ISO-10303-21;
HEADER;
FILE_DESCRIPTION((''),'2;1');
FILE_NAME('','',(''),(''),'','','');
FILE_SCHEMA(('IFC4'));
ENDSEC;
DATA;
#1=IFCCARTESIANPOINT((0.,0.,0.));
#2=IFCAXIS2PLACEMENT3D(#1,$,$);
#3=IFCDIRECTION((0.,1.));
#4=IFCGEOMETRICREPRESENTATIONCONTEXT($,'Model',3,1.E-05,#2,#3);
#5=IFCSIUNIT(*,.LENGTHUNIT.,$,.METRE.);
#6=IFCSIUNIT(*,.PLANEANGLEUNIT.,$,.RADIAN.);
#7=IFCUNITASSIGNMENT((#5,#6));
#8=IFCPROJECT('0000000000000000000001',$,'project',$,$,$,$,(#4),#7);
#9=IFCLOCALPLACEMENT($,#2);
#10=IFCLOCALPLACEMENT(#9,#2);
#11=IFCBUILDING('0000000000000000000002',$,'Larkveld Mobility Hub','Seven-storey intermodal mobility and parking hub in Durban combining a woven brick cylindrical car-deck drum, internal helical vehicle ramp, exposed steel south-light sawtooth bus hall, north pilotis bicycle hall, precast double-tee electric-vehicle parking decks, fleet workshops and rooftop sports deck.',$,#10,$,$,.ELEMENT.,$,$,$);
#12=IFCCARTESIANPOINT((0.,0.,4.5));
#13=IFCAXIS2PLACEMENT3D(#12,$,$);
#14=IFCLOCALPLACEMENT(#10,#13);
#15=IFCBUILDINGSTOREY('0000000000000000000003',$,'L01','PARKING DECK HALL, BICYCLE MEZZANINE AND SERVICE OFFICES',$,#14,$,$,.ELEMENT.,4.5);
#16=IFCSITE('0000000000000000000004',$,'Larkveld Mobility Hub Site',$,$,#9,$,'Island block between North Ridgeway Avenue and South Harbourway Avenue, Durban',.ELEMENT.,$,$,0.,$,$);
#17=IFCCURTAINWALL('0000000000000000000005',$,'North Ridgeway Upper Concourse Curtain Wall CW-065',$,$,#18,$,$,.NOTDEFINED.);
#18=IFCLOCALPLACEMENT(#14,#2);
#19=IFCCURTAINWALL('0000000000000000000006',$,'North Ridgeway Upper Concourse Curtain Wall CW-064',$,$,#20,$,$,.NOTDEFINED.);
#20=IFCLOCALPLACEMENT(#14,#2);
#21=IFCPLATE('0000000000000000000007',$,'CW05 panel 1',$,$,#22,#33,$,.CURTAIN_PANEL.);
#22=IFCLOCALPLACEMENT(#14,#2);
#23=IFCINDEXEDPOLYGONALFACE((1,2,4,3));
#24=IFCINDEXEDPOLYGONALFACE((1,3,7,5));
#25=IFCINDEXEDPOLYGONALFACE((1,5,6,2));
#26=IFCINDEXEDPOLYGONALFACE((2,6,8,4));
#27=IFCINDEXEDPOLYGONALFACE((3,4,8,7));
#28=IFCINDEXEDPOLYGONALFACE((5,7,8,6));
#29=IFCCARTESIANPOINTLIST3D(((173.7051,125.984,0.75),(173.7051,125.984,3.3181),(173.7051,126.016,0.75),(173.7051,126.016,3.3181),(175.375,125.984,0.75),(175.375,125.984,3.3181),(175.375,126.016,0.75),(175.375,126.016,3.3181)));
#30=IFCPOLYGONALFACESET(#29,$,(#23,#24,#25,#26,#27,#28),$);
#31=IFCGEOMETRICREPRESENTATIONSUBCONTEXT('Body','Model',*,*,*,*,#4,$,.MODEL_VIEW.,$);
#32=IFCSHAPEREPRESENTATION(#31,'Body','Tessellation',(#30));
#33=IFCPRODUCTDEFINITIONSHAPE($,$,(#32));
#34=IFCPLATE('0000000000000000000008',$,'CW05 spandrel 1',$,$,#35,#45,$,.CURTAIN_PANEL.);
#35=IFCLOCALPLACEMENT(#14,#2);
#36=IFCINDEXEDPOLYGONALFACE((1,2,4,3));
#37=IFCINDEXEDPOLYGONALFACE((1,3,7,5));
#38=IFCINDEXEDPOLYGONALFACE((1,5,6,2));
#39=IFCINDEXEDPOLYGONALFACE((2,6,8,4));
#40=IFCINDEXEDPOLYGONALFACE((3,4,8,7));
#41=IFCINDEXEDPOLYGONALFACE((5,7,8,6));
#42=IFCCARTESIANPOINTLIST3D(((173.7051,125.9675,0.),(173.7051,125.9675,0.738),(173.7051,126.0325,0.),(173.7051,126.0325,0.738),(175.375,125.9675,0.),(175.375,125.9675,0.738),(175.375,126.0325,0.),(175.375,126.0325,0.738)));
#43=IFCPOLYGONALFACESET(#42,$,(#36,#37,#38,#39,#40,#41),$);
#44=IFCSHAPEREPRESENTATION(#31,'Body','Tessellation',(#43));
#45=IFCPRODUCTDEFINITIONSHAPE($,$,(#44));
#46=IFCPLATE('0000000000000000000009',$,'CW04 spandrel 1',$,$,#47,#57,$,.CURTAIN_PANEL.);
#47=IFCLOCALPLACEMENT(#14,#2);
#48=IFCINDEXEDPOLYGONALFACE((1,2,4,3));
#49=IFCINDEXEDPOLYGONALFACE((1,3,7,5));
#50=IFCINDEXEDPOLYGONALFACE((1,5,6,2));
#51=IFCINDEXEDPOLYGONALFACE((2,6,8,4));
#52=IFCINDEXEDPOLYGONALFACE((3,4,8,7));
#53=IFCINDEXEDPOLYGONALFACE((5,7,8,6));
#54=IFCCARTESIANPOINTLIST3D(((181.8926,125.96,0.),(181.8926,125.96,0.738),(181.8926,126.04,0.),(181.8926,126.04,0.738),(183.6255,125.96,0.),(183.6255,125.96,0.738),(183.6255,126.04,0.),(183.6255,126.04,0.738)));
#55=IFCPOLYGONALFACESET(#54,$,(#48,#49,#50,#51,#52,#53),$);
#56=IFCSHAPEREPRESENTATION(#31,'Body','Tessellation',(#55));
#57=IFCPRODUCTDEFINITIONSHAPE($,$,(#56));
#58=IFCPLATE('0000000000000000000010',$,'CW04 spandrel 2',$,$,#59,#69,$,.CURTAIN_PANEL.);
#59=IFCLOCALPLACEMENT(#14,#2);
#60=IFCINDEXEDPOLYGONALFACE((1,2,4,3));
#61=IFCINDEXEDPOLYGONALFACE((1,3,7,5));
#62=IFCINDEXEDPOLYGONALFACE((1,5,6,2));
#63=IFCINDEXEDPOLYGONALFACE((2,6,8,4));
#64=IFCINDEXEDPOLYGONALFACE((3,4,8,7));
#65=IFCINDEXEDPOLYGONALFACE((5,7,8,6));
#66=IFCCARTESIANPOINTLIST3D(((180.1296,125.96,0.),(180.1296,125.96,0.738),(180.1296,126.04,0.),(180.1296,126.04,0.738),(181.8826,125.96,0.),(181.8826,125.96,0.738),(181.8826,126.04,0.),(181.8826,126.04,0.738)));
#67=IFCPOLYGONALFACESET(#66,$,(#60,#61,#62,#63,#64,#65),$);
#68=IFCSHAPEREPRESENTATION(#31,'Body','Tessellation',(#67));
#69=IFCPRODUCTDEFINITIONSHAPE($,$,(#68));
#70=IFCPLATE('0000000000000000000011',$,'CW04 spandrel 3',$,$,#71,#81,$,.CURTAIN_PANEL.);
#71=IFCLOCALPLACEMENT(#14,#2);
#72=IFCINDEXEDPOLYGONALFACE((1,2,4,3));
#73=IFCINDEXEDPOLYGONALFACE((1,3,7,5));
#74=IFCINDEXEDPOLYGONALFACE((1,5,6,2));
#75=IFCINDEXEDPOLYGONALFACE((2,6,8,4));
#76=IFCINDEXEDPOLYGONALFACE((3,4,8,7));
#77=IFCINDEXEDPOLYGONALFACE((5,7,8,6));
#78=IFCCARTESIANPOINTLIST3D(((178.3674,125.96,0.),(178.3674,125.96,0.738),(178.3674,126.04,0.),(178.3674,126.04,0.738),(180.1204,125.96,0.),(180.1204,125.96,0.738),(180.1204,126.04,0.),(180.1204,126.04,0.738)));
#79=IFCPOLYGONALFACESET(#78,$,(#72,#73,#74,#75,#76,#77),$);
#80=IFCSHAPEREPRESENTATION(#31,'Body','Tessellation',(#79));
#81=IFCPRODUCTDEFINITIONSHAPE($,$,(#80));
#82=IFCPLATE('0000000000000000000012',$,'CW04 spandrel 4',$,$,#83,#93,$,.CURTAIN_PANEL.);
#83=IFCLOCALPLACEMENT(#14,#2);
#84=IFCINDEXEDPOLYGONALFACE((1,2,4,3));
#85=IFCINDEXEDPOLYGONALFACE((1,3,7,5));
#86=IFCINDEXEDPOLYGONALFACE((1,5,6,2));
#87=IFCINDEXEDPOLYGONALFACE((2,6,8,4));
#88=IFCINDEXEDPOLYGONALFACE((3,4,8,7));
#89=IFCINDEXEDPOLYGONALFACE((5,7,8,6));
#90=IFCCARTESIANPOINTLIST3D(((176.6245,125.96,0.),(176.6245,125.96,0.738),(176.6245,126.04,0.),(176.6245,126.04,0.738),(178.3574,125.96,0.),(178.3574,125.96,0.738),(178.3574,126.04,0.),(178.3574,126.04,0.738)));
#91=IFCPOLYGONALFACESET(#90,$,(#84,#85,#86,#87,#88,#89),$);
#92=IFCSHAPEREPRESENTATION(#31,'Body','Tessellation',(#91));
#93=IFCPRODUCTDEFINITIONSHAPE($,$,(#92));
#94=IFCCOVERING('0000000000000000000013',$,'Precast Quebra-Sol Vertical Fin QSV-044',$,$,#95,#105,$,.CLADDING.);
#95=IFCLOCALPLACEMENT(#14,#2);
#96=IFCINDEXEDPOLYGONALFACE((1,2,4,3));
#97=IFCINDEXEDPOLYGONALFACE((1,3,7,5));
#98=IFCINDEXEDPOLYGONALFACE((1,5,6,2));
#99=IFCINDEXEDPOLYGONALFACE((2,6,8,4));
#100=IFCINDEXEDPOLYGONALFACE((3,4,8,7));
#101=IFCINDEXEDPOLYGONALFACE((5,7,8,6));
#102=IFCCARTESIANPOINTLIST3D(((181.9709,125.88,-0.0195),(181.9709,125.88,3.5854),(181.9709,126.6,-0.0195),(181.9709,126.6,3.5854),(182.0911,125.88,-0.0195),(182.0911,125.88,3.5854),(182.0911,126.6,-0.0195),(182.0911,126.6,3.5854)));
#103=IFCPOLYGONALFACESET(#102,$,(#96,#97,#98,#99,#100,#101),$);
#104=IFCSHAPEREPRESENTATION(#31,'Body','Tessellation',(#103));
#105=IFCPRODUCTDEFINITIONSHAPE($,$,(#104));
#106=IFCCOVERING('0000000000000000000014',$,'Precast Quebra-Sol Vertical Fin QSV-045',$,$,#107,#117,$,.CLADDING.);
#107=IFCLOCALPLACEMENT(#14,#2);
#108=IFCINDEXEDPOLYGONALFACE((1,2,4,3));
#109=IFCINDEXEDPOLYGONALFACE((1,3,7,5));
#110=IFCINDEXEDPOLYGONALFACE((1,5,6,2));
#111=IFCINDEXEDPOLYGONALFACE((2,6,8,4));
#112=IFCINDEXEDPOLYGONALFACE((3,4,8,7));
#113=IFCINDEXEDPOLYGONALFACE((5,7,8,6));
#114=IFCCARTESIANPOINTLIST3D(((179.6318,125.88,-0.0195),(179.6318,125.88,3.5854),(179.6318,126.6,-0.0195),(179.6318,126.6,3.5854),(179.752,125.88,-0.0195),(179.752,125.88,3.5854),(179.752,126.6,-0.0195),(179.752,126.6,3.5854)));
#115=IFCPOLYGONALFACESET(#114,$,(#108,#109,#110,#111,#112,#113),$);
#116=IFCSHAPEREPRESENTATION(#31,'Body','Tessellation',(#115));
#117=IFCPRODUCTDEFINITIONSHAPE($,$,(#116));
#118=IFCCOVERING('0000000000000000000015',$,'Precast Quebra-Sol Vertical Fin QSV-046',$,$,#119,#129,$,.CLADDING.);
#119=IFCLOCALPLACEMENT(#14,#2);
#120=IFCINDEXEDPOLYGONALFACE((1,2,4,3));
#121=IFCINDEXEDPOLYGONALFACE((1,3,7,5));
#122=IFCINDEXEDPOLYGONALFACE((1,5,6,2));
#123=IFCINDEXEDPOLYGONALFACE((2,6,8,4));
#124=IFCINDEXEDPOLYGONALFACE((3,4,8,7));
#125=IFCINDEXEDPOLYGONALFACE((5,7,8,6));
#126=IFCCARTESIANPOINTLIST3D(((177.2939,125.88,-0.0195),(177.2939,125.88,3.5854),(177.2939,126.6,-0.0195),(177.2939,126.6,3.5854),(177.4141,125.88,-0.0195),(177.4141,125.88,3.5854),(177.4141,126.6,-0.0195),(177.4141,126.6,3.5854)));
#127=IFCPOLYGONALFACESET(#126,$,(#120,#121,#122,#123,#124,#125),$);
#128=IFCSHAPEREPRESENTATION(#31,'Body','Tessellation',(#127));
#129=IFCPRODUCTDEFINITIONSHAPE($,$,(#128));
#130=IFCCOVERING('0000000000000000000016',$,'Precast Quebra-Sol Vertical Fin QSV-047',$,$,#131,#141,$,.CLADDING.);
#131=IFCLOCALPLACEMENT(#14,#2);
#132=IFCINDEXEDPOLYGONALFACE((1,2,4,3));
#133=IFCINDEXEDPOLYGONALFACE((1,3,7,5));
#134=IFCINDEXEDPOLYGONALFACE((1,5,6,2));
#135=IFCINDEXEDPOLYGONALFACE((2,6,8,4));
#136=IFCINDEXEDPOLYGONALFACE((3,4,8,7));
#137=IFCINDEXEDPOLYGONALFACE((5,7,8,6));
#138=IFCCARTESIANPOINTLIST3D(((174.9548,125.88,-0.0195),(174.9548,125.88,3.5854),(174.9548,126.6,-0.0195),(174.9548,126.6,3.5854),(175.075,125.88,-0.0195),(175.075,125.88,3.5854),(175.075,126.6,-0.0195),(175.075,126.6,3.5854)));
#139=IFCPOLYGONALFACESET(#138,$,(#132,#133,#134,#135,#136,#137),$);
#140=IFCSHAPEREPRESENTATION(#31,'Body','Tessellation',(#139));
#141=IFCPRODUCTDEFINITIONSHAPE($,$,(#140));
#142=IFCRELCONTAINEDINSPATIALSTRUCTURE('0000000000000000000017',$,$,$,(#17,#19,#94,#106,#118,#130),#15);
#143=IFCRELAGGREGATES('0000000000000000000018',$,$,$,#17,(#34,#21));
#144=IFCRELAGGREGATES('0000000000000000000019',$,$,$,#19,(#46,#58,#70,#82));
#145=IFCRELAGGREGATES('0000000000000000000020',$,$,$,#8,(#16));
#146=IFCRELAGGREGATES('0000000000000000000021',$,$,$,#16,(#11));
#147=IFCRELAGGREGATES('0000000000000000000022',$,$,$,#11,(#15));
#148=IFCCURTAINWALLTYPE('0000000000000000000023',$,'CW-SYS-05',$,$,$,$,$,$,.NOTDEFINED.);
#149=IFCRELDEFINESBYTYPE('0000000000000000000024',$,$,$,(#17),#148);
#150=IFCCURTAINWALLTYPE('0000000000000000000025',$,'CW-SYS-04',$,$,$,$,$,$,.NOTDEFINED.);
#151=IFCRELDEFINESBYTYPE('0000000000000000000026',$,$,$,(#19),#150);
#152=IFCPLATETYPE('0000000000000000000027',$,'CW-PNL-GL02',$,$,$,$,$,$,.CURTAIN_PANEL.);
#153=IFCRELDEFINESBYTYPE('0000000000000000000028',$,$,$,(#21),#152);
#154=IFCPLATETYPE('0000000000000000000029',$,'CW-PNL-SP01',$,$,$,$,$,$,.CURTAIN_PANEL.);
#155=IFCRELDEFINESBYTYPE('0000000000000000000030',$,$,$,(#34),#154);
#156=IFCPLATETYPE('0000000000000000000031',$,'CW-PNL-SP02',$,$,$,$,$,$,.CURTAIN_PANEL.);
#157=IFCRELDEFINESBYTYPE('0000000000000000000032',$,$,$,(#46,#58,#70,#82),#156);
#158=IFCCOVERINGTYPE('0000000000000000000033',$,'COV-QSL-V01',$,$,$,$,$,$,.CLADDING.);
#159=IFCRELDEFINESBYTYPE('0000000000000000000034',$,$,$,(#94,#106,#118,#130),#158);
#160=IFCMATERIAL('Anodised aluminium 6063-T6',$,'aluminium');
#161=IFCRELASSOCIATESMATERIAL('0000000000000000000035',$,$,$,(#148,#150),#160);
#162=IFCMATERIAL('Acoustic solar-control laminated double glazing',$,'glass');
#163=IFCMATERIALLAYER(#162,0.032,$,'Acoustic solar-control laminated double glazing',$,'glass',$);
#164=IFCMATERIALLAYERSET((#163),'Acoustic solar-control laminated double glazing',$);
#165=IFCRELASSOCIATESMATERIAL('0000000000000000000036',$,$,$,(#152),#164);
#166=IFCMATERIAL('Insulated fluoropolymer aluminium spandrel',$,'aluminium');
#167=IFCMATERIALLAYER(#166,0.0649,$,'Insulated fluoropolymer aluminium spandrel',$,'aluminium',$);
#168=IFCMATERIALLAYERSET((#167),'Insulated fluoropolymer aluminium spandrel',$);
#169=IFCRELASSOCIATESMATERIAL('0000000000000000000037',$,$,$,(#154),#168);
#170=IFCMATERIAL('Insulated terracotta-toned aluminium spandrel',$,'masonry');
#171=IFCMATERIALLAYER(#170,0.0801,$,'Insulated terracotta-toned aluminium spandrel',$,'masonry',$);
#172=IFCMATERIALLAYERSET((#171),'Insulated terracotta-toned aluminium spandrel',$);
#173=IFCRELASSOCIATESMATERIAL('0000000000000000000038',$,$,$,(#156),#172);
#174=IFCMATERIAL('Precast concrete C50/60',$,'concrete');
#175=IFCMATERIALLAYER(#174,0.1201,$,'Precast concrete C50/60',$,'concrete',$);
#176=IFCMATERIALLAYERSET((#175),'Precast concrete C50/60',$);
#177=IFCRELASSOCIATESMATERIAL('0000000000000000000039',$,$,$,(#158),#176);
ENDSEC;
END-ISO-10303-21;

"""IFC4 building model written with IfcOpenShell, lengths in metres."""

from ifc_helpers import new_model, si_unit, direction, frame, origin, origin_2d, place, context, subcontext, project, spatial, rectangle, extrude, material, layer, layer_set, type_object, element, aggregate, save


model = new_model("IFC4")

# Units and contexts
model_context = context("Model", 3, precision=1e-05, world=origin(), true_north=direction((0.0, 1.0)))
body_context = subcontext(model_context, "Body", "Model", "MODEL_VIEW")
ifc_project = project(units=[si_unit("LENGTHUNIT", "METRE"), si_unit("PLANEANGLEUNIT", "RADIAN")], contexts=[model_context])

# Site, building, storey
site_placement = place(None, origin())
site = spatial("IfcSite", under=ifc_project, at=site_placement, Name="Larkveld Mobility Hub Site", LongName="Island block between North Ridgeway Avenue and South Harbourway Avenue, Durban", CompositionType="ELEMENT", RefElevation=0.0)
building_placement = place(site_placement, origin())
building = spatial("IfcBuilding", under=site, at=building_placement, Name="Larkveld Mobility Hub", Description="Seven-storey intermodal mobility and parking hub in Durban combining a woven brick cylindrical car-deck drum, internal helical vehicle ramp, exposed steel south-light sawtooth bus hall, north pilotis bicycle hall, precast double-tee electric-vehicle parking decks, fleet workshops and rooftop sports deck.", CompositionType="ELEMENT")
storey_placement = place(building_placement, frame((0.0, 0.0, 4.5)))
storey = spatial("IfcBuildingStorey", under=building, at=storey_placement, Name="L01", Description="PARKING DECK HALL, BICYCLE MEZZANINE AND SERVICE OFFICES", CompositionType="ELEMENT", Elevation=4.5)

# Curtain wall
ifc_material_1 = material(Name="Anodised aluminium 6063-T6", Category="aluminium")
curtain_wall_type_1 = type_object("IfcCurtainWallType", Name="CW-SYS-05", PredefinedType="NOTDEFINED", material=ifc_material_1)
curtain_wall_1_placement = place(storey_placement, origin())
curtain_wall_1 = element("IfcCurtainWall", 1, at=curtain_wall_1_placement, inside=storey, type_object=curtain_wall_type_1, Name="North Ridgeway Upper Concourse Curtain Wall CW-065", PredefinedType="NOTDEFINED")

# Curtain wall
curtain_wall_type_2 = type_object("IfcCurtainWallType", Name="CW-SYS-04", PredefinedType="NOTDEFINED", material=ifc_material_1)
curtain_wall_2_placement = place(storey_placement, origin())
curtain_wall_2 = element("IfcCurtainWall", 2, at=curtain_wall_2_placement, inside=storey, type_object=curtain_wall_type_2, Name="North Ridgeway Upper Concourse Curtain Wall CW-064", PredefinedType="NOTDEFINED")

# Plates
ifc_material_2 = material(Name="Acoustic solar-control laminated double glazing", Category="glass")
ifc_layer_1 = layer(ifc_material_2, 0.032, Name="Acoustic solar-control laminated double glazing", Category="glass")
ifc_layer_set_1 = layer_set([ifc_layer_1], Name="Acoustic solar-control laminated double glazing")
plate_type_1 = type_object("IfcPlateType", Name="CW-PNL-GL02", PredefinedType="CURTAIN_PANEL", material=ifc_layer_set_1)
plate_1_placement = place(storey_placement, frame((174.54, 126.0, 0.75), z_axis=(0.0, 0.0, 1.0), x_axis=(-1.0, 0.0, 0.0)))
plate_1 = element("IfcPlate", 3, at=plate_1_placement, type_object=plate_type_1, Name="CW05 panel 1", PredefinedType="CURTAIN_PANEL", context=body_context, shape_type="SweptSolid", body=[
    extrude(rectangle(XDim=1.6699, YDim=0.032, at=origin_2d()), origin(), (0.0, 0.0, 1.0), 2.5681),
])
ifc_material_3 = material(Name="Insulated fluoropolymer aluminium spandrel", Category="aluminium")
ifc_layer_2 = layer(ifc_material_3, 0.0649, Name="Insulated fluoropolymer aluminium spandrel", Category="aluminium")
ifc_layer_set_2 = layer_set([ifc_layer_2], Name="Insulated fluoropolymer aluminium spandrel")
plate_type_2 = type_object("IfcPlateType", Name="CW-PNL-SP01", PredefinedType="CURTAIN_PANEL", material=ifc_layer_set_2)
plate_2_placement = place(storey_placement, frame((174.54, 126.0, 0.0), z_axis=(0.0, 0.0, 1.0), x_axis=(-1.0, 0.0, 0.0)))
plate_2 = element("IfcPlate", 4, at=plate_2_placement, type_object=plate_type_2, Name="CW05 spandrel 1", PredefinedType="CURTAIN_PANEL", context=body_context, shape_type="SweptSolid", body=[
    extrude(rectangle(XDim=1.6699, YDim=0.0649, at=origin_2d()), origin(), (0.0, 0.0, 1.0), 0.738),
])
aggregate(curtain_wall_1, [plate_2, plate_1])
ifc_material_4 = material(Name="Insulated terracotta-toned aluminium spandrel", Category="masonry")
ifc_layer_3 = layer(ifc_material_4, 0.0801, Name="Insulated terracotta-toned aluminium spandrel", Category="masonry")
ifc_layer_set_3 = layer_set([ifc_layer_3], Name="Insulated terracotta-toned aluminium spandrel")
plate_type_3 = type_object("IfcPlateType", Name="CW-PNL-SP02", PredefinedType="CURTAIN_PANEL", material=ifc_layer_set_3)
plate_3_placement = place(storey_placement, frame((182.759, 126.0, 0.0), z_axis=(0.0, 0.0, 1.0), x_axis=(-1.0, 0.0, 0.0)))
plate_3 = element("IfcPlate", 5, at=plate_3_placement, type_object=plate_type_3, Name="CW04 spandrel 1", PredefinedType="CURTAIN_PANEL", context=body_context, shape_type="SweptSolid", body=[
    extrude(rectangle(XDim=1.7329, YDim=0.0801, at=origin_2d()), origin(), (0.0, 0.0, 1.0), 0.738),
])
plate_4_placement = place(storey_placement, frame((181.0061, 126.0, 0.0), z_axis=(0.0, 0.0, 1.0), x_axis=(-1.0, 0.0, 0.0)))
plate_4 = element("IfcPlate", 6, at=plate_4_placement, type_object=plate_type_3, Name="CW04 spandrel 2", PredefinedType="CURTAIN_PANEL", context=body_context, shape_type="SweptSolid", body=[
    extrude(rectangle(XDim=1.7529, YDim=0.0801, at=origin_2d()), origin(), (0.0, 0.0, 1.0), 0.738),
])
plate_5_placement = place(storey_placement, frame((179.2439, 126.0, 0.0), z_axis=(0.0, 0.0, 1.0), x_axis=(-1.0, 0.0, 0.0)))
plate_5 = element("IfcPlate", 7, at=plate_5_placement, type_object=plate_type_3, Name="CW04 spandrel 3", PredefinedType="CURTAIN_PANEL", context=body_context, shape_type="SweptSolid", body=[
    extrude(rectangle(XDim=1.7529, YDim=0.0801, at=origin_2d()), origin(), (0.0, 0.0, 1.0), 0.738),
])
plate_6_placement = place(storey_placement, frame((177.491, 126.0, 0.0), z_axis=(0.0, 0.0, 1.0), x_axis=(-1.0, 0.0, 0.0)))
plate_6 = element("IfcPlate", 8, at=plate_6_placement, type_object=plate_type_3, Name="CW04 spandrel 4", PredefinedType="CURTAIN_PANEL", context=body_context, shape_type="SweptSolid", body=[
    extrude(rectangle(XDim=1.7329, YDim=0.0801, at=origin_2d()), origin(), (0.0, 0.0, 1.0), 0.738),
])
aggregate(curtain_wall_2, [plate_3, plate_4, plate_5, plate_6])

# Coverings
ifc_material_5 = material(Name="Precast concrete C50/60", Category="concrete")
ifc_layer_4 = layer(ifc_material_5, 0.1201, Name="Precast concrete C50/60", Category="concrete")
ifc_layer_set_4 = layer_set([ifc_layer_4], Name="Precast concrete C50/60")
covering_type = type_object("IfcCoveringType", Name="COV-QSL-V01", PredefinedType="CLADDING", material=ifc_layer_set_4)
for number, where, z_axis, x_axis, name in (
    (9, (182.031, 126.24, -0.0195), (0.0, 0.0, 1.0), (-1.0, 0.0, 0.0), "Precast Quebra-Sol Vertical Fin QSV-044"),
    (10, (179.6919, 126.24, -0.0195), (0.0, 0.0, 1.0), (-1.0, 0.0, 0.0), "Precast Quebra-Sol Vertical Fin QSV-045"),
    (11, (177.354, 126.24, -0.0195), (0.0, 0.0, 1.0), (-1.0, 0.0, 0.0), "Precast Quebra-Sol Vertical Fin QSV-046"),
    (12, (175.0149, 126.24, -0.0195), (0.0, 0.0, 1.0), (-1.0, 0.0, 0.0), "Precast Quebra-Sol Vertical Fin QSV-047"),
):
    element("IfcCovering", number, at=place(storey_placement, frame(where, z_axis=z_axis, x_axis=x_axis)), inside=storey, type_object=covering_type, Name=name, PredefinedType="CLADDING", context=body_context, shape_type="SweptSolid", body=[
        extrude(rectangle(XDim=0.1201, YDim=0.72, at=origin_2d()), origin(), (0.0, 0.0, 1.0), 3.605),
    ])

save(model, "model.ifc")
